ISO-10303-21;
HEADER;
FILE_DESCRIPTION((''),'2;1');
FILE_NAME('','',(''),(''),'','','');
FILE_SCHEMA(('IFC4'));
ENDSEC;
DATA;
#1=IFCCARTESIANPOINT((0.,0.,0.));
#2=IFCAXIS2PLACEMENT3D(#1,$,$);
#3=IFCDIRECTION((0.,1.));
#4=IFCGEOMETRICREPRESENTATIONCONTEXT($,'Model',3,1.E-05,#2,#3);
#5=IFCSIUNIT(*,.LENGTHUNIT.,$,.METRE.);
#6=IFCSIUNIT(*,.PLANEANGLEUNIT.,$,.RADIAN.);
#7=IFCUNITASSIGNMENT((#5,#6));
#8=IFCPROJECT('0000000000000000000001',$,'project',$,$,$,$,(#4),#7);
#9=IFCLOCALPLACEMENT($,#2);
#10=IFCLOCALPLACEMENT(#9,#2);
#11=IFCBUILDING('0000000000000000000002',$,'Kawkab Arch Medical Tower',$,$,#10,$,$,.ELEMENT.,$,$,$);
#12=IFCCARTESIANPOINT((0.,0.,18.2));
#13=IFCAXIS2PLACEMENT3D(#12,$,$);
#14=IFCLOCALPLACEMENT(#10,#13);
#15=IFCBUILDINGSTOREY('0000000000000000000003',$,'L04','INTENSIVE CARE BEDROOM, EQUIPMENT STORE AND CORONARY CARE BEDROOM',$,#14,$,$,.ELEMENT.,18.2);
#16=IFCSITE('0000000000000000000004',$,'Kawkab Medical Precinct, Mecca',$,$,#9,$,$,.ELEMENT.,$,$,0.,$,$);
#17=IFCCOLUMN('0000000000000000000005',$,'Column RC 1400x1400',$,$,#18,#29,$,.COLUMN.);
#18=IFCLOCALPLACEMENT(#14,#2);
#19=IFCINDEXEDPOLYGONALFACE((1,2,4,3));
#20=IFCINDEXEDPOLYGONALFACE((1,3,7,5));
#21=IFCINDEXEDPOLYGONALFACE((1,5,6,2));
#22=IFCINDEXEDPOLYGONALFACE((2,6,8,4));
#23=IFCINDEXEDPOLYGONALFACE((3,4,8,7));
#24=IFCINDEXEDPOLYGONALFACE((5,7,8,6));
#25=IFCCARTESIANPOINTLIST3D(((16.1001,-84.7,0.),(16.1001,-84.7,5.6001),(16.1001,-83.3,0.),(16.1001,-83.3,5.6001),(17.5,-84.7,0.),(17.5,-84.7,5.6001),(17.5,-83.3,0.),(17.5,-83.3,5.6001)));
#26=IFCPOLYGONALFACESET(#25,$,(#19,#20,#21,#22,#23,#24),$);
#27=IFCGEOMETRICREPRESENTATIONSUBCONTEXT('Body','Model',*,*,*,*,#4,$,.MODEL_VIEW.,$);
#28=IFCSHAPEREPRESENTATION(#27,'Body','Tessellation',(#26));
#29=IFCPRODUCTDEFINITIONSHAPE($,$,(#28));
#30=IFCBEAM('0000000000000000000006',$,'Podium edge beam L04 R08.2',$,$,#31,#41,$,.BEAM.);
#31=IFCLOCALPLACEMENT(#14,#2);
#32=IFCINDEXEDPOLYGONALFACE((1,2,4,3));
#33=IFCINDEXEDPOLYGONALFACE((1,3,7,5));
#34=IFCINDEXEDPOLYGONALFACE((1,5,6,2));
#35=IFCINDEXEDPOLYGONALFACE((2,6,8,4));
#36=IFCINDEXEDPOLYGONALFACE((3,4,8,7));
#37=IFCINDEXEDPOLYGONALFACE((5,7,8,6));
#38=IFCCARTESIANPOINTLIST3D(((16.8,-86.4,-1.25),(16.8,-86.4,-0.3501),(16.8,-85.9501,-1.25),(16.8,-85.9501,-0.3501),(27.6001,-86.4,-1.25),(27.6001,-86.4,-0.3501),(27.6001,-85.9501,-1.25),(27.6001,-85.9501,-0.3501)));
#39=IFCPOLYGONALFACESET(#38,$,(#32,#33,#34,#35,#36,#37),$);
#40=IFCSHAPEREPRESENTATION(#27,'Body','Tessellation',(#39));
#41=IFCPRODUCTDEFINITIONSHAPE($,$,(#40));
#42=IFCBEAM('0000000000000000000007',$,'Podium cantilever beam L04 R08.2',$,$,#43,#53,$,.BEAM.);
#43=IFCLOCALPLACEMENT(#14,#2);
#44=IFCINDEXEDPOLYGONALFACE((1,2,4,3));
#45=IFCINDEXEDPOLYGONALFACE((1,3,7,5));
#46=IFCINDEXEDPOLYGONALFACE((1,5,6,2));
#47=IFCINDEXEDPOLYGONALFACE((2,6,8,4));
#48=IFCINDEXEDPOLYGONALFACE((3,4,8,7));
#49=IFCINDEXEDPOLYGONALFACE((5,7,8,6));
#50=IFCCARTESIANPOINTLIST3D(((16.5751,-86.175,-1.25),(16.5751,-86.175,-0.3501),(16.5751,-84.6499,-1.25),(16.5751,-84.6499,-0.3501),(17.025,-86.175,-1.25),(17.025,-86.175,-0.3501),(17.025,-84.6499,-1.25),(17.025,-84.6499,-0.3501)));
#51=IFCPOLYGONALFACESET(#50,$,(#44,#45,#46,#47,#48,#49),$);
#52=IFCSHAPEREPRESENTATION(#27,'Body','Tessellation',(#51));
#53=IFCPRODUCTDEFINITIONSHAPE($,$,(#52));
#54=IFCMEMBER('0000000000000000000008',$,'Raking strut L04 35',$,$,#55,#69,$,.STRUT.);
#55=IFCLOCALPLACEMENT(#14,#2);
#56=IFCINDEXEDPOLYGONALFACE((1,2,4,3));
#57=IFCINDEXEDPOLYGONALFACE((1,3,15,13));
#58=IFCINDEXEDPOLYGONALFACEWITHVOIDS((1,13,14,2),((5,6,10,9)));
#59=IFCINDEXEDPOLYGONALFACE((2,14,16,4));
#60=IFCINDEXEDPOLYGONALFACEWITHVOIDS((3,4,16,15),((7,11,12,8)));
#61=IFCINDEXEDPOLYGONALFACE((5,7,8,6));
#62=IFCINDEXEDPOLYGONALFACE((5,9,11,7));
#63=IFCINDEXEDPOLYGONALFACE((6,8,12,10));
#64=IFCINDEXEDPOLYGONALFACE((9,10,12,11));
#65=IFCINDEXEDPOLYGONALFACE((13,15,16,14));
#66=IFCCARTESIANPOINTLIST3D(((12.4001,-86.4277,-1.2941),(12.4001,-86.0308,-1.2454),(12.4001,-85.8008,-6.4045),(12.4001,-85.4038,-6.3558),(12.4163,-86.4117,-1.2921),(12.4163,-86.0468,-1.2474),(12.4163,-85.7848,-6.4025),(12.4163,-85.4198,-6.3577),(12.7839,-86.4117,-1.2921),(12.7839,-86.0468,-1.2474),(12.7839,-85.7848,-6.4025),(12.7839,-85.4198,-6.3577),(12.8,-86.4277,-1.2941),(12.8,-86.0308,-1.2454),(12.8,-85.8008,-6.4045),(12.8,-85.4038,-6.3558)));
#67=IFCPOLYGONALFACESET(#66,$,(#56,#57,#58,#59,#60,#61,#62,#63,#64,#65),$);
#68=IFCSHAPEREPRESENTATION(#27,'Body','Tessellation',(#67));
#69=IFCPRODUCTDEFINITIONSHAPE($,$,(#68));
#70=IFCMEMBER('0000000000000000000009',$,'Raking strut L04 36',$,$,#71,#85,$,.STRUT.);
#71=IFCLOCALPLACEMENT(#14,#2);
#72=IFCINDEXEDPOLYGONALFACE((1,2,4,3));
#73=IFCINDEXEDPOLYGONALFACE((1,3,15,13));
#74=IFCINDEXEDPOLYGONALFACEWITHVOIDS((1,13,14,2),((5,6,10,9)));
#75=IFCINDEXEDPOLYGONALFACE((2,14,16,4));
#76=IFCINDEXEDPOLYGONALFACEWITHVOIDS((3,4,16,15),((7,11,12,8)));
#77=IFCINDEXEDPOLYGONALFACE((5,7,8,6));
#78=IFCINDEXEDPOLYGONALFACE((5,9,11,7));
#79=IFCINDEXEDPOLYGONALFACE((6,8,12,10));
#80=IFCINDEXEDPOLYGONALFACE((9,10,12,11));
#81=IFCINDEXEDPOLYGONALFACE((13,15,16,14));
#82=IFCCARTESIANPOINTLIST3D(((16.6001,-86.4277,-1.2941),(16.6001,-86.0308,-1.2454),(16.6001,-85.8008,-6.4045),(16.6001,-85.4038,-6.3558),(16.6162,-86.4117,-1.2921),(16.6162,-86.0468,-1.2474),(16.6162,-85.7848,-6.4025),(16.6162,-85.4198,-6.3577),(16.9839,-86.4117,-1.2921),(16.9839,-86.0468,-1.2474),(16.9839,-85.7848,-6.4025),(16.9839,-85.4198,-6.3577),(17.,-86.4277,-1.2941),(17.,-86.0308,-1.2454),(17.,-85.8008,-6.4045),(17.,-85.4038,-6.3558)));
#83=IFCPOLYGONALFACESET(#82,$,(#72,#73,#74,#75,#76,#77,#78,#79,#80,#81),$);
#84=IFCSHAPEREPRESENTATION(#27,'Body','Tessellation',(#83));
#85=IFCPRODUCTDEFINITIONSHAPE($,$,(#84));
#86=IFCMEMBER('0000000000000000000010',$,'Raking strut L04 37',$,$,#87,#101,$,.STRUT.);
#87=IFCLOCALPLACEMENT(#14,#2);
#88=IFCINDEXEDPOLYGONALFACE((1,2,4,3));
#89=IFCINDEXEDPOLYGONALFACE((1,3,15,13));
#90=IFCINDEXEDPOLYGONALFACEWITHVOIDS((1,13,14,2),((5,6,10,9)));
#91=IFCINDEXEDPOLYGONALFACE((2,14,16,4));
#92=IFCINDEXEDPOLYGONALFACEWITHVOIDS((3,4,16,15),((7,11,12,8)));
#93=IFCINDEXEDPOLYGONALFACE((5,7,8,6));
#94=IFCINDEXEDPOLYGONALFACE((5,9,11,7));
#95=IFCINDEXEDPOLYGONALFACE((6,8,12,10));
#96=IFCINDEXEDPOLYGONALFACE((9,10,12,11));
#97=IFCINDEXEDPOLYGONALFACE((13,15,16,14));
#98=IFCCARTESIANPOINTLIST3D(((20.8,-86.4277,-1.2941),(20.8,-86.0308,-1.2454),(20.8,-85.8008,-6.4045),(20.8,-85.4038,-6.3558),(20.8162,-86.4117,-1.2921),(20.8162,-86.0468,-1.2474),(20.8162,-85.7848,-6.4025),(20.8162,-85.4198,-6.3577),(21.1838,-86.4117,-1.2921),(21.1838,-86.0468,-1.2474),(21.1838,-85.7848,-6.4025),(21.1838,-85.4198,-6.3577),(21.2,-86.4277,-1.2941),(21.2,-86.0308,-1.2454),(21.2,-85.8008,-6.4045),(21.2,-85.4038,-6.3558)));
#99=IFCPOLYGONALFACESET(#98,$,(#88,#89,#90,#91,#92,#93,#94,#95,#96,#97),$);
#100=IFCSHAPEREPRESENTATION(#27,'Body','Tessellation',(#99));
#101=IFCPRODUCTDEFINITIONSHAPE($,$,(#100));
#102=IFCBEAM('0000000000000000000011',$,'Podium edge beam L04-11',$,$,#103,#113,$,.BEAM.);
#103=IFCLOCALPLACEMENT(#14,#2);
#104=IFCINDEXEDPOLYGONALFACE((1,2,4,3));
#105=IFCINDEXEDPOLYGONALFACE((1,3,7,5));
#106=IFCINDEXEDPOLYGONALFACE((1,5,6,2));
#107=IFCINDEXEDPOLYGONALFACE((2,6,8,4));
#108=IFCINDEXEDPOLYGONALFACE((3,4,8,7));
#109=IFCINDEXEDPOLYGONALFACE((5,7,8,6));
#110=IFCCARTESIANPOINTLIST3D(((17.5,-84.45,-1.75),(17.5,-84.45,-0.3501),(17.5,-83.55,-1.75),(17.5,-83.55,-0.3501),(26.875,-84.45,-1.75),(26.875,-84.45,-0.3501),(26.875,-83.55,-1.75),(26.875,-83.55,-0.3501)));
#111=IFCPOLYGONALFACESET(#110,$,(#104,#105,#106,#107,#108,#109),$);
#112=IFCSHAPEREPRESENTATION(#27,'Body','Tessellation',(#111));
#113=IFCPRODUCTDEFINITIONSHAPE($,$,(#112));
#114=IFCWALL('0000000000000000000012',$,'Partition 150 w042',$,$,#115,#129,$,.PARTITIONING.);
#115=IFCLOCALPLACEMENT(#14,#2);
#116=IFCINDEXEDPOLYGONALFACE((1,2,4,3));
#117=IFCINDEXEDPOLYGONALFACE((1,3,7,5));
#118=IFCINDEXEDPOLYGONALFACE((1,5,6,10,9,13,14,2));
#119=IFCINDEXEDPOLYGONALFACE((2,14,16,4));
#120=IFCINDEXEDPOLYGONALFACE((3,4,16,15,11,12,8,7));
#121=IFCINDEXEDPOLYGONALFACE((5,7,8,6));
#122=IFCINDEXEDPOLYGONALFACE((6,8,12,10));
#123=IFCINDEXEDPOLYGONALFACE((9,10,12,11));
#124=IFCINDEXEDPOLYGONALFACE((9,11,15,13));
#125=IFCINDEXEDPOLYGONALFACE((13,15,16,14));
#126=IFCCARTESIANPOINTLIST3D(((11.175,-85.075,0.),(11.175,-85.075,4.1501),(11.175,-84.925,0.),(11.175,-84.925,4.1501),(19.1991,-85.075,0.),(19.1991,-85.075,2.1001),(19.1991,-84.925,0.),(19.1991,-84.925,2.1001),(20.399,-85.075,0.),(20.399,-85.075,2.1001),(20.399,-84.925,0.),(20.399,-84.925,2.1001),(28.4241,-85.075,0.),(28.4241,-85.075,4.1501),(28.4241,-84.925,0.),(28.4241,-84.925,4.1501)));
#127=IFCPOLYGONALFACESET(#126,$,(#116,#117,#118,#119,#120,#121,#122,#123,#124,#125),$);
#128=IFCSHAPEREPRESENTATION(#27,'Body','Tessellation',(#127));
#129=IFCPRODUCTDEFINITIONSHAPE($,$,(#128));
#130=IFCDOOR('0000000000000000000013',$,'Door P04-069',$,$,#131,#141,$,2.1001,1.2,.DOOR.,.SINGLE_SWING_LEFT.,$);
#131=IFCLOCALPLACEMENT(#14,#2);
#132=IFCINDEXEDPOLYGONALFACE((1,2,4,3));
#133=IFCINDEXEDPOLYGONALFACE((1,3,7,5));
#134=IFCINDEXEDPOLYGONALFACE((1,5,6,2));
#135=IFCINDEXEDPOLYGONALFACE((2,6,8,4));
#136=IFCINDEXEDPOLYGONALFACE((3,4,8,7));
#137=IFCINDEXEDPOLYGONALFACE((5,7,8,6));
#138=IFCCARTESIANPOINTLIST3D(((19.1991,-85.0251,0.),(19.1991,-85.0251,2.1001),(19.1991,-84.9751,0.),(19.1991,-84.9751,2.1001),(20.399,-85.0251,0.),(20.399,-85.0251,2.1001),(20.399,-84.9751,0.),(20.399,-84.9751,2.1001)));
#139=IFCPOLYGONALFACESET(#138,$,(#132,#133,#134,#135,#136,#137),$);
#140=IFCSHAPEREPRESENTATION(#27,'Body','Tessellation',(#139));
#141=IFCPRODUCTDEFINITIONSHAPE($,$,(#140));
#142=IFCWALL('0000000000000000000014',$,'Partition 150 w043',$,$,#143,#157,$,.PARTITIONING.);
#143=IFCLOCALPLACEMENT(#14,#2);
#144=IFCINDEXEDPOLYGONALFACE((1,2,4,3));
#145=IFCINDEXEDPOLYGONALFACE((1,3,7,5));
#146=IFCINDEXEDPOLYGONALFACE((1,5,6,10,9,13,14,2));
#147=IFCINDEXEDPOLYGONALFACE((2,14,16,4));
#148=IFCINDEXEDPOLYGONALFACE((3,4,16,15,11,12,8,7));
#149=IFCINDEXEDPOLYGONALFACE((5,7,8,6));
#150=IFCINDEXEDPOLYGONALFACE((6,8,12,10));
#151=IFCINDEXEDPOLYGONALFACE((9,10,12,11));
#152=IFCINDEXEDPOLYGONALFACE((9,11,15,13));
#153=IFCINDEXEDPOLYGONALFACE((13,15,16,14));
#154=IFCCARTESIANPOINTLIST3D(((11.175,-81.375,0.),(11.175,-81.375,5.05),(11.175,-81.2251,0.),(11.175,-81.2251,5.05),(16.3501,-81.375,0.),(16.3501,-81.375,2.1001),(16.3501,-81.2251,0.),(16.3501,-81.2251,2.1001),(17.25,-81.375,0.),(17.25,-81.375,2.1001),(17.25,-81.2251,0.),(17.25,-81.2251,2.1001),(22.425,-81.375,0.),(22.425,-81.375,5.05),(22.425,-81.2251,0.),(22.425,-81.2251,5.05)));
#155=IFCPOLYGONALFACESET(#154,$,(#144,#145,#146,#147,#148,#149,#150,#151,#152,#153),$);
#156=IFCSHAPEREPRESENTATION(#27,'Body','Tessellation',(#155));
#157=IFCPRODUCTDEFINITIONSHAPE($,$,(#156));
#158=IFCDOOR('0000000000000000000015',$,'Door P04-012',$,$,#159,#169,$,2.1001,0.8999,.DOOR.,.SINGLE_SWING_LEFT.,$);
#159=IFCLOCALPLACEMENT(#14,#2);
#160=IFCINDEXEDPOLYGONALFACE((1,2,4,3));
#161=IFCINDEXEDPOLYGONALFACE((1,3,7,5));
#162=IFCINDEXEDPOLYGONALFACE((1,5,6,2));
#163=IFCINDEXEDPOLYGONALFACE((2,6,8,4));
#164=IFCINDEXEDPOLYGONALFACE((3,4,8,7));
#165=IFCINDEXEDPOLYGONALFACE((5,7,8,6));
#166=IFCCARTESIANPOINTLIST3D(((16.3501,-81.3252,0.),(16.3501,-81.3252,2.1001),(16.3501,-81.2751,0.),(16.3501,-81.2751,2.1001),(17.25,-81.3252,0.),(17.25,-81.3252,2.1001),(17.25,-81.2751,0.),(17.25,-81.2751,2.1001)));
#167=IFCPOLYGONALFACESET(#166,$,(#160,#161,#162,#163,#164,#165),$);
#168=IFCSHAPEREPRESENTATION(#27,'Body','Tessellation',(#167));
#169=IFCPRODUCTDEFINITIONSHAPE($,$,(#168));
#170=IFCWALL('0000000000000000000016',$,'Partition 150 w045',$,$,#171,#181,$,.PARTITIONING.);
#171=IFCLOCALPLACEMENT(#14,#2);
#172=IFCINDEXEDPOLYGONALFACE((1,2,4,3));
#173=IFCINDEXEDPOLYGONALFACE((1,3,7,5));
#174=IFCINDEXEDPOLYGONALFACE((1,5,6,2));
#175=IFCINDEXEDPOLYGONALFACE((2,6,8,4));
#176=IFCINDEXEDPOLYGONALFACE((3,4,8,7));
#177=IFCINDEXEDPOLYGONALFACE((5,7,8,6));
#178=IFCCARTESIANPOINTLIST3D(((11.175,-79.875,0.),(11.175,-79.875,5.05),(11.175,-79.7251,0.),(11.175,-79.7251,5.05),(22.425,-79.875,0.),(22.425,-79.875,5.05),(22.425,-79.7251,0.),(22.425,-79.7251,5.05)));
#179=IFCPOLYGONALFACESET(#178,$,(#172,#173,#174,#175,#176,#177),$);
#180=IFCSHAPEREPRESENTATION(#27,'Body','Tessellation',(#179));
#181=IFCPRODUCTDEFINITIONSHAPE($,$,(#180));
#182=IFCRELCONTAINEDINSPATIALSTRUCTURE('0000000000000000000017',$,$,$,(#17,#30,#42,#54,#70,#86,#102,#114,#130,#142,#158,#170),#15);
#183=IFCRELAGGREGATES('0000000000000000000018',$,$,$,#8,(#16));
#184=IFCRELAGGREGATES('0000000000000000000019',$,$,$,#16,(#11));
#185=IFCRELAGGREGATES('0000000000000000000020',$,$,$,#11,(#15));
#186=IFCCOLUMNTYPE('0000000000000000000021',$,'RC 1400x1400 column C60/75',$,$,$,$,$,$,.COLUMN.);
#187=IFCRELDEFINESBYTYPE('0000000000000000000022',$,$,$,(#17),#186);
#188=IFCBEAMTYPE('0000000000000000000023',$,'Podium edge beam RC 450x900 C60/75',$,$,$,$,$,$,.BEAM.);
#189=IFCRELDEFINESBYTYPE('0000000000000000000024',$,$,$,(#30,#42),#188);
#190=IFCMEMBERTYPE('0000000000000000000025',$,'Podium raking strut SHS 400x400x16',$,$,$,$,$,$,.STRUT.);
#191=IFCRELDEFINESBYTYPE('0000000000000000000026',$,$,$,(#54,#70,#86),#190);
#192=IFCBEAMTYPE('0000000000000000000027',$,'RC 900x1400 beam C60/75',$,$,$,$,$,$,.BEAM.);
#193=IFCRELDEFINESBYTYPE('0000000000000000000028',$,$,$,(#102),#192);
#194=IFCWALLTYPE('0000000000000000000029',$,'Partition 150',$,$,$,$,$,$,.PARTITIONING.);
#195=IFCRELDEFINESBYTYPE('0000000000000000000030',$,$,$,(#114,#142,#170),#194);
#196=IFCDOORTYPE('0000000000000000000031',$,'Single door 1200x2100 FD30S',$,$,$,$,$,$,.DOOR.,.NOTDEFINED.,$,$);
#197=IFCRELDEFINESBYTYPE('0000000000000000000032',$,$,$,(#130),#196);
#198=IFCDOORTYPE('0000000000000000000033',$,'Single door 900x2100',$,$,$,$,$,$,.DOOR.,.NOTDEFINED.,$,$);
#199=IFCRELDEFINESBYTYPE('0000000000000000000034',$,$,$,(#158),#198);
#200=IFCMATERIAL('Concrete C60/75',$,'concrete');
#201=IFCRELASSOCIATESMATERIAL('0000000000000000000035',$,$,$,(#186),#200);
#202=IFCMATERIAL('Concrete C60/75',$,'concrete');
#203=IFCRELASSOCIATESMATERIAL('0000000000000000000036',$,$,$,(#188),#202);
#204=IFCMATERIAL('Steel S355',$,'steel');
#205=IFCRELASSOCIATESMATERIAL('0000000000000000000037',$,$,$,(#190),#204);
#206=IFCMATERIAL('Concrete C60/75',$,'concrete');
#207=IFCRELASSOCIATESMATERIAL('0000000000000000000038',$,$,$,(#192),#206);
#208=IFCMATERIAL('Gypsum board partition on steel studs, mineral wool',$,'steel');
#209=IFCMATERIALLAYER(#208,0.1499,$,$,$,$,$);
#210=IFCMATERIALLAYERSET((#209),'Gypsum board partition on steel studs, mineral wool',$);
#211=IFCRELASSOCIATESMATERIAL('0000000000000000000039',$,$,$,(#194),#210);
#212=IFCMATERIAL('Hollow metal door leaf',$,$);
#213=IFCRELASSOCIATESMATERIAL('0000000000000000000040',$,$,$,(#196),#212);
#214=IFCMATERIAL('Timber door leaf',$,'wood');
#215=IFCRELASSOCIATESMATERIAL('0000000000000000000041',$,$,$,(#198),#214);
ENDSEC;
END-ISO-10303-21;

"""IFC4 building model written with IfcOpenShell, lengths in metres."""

from ifc_helpers import new_model, si_unit, direction, frame, frame_2d, origin, origin_2d, place, context, subcontext, project, spatial, rectangle, hollow_rectangle, extrude, material, layer, layer_set, material_profile, profile_set, type_object, element, fill, save


model = new_model("IFC4")

# Units and contexts
model_context = context("Model", 3, precision=1e-05, world=origin(), true_north=direction((0.0, 1.0)))
body_context = subcontext(model_context, "Body", "Model", "MODEL_VIEW")
ifc_project = project(units=[si_unit("LENGTHUNIT", "METRE"), si_unit("PLANEANGLEUNIT", "RADIAN")], contexts=[model_context])

# Site, building, storey
site_placement = place(None, origin())
site = spatial("IfcSite", under=ifc_project, at=site_placement, Name="Kawkab Medical Precinct, Mecca", CompositionType="ELEMENT", RefElevation=0.0)
building_placement = place(site_placement, origin())
building = spatial("IfcBuilding", under=site, at=building_placement, Name="Kawkab Arch Medical Tower", CompositionType="ELEMENT")
storey_placement = place(building_placement, frame((0.0, 0.0, 18.2)))
storey = spatial("IfcBuildingStorey", under=building, at=storey_placement, Name="L04", Description="INTENSIVE CARE BEDROOM, EQUIPMENT STORE AND CORONARY CARE BEDROOM", CompositionType="ELEMENT", Elevation=18.2)

# Column
ifc_material_1 = material(Name="Concrete C60/75", Category="concrete")
ifc_material_profile_1 = material_profile(ifc_material_1, rectangle(XDim=1.3999, YDim=1.3999, at=origin_2d()), Name="RC 1400x1400")
ifc_profile_set_1 = profile_set([ifc_material_profile_1], Name="Concrete C60/75")
column_type = type_object("IfcColumnType", Name="RC 1400x1400 column C60/75", PredefinedType="COLUMN", material=ifc_profile_set_1)
column_placement = place(storey_placement, frame((16.8, -84.0, 0.0), z_axis=(0.0, 0.0, 1.0), x_axis=(1.0, 0.0, 0.0)))
element("IfcColumn", 1, at=column_placement, inside=storey, type_object=column_type, Name="Column RC 1400x1400", PredefinedType="COLUMN", context=body_context, shape_type="SweptSolid", body=[
    extrude(rectangle(XDim=1.3999, YDim=1.3999, at=origin_2d()), origin(), (0.0, 0.0, 1.0), 5.6001),
])

# Beams
ifc_material_2 = material(Name="Concrete C60/75", Category="concrete")
ifc_material_profile_2 = material_profile(ifc_material_2, rectangle(XDim=0.45, YDim=0.8999, at=origin_2d()), Name="RC 450x900")
ifc_profile_set_2 = profile_set([ifc_material_profile_2], Name="Concrete C60/75")
beam_type_1 = type_object("IfcBeamType", Name="Podium edge beam RC 450x900 C60/75", PredefinedType="BEAM", material=ifc_profile_set_2)
beam_1_placement = place(storey_placement, frame((16.8, -86.175, -0.8), z_axis=(1.0, 0.0, 0.0), x_axis=(0.0, 1.0, 0.0)))
element("IfcBeam", 2, at=beam_1_placement, inside=storey, type_object=beam_type_1, Name="Podium edge beam L04 R08.2", PredefinedType="BEAM", context=body_context, shape_type="SweptSolid", body=[
    extrude(rectangle(XDim=0.45, YDim=0.8999, at=origin_2d()), origin(), (0.0, 0.0, 1.0), 10.8),
])
beam_2_placement = place(storey_placement, frame((16.8, -84.6499, -0.8), z_axis=(0.0, -1.0, 0.0), x_axis=(1.0, 0.0, 0.0)))
element("IfcBeam", 3, at=beam_2_placement, inside=storey, type_object=beam_type_1, Name="Podium cantilever beam L04 R08.2", PredefinedType="BEAM", context=body_context, shape_type="SweptSolid", body=[
    extrude(rectangle(XDim=0.45, YDim=0.8999, at=origin_2d()), origin(), (0.0, 0.0, 1.0), 1.5251),
])

# Members
ifc_material_3 = material(Name="Steel S355", Category="steel")
ifc_material_profile_3 = material_profile(ifc_material_3, hollow_rectangle(XDim=0.3999, YDim=0.3999, WallThickness=0.0161, at=origin_2d()), Name="SHS 400x400x16")
ifc_profile_set_3 = profile_set([ifc_material_profile_3], Name="Steel S355")
member_type = type_object("IfcMemberType", Name="Podium raking strut SHS 400x400x16", PredefinedType="STRUT", material=ifc_profile_set_3)
for number, where, z_axis, x_axis, name in (
    (4, (12.6001, -85.6023, -6.3801), (0.0, -0.12177, 0.992558), (1.0, 0.0, 0.0), "Raking strut L04 35"),
    (5, (16.8, -85.6023, -6.3801), (0.0, -0.12177, 0.992558), (1.0, 0.0, 0.0), "Raking strut L04 36"),
    (6, (21.0, -85.6023, -6.3801), (0.0, -0.12177, 0.992558), (1.0, 0.0, 0.0), "Raking strut L04 37"),
):
    element("IfcMember", number, at=place(storey_placement, frame(where, z_axis=z_axis, x_axis=x_axis)), inside=storey, type_object=member_type, Name=name, PredefinedType="STRUT", context=body_context, shape_type="SweptSolid", body=[
        extrude(hollow_rectangle(XDim=0.3999, YDim=0.3999, WallThickness=0.0161, at=origin_2d()), origin(), (0.0, 0.0, 1.0), 5.1487),
    ])

# Beam
ifc_material_4 = material(Name="Concrete C60/75", Category="concrete")
ifc_material_profile_4 = material_profile(ifc_material_4, rectangle(XDim=0.8999, YDim=1.3999, at=origin_2d()), Name="RC 900x1400")
ifc_profile_set_4 = profile_set([ifc_material_profile_4], Name="Concrete C60/75")
beam_type_2 = type_object("IfcBeamType", Name="RC 900x1400 beam C60/75", PredefinedType="BEAM", material=ifc_profile_set_4)
beam_3_placement = place(storey_placement, frame((17.5, -84.0, -1.05), z_axis=(1.0, 0.0, 0.0), x_axis=(0.0, 1.0, 0.0)))
element("IfcBeam", 7, at=beam_3_placement, inside=storey, type_object=beam_type_2, Name="Podium edge beam L04-11", PredefinedType="BEAM", context=body_context, shape_type="SweptSolid", body=[
    extrude(rectangle(XDim=0.8999, YDim=1.3999, at=origin_2d()), origin(), (0.0, 0.0, 1.0), 9.375),
])

# Walls, openings, doors
ifc_material_5 = material(Name="Gypsum board partition on steel studs, mineral wool", Category="steel")
ifc_layer = layer(ifc_material_5, 0.1499)
ifc_layer_set = layer_set([ifc_layer], Name="Gypsum board partition on steel studs, mineral wool")
wall_type = type_object("IfcWallType", Name="Partition 150", PredefinedType="PARTITIONING", material=ifc_layer_set)
wall_1_placement = place(storey_placement, frame((11.175, -85.0, 0.0), z_axis=(0.0, 0.0, 1.0), x_axis=(1.0, 0.0, 0.0)))
wall_1 = element("IfcWall", 8, at=wall_1_placement, inside=storey, type_object=wall_type, Name="Partition 150 w042", PredefinedType="PARTITIONING", context=body_context, shape_type="SweptSolid", body=[
    extrude(rectangle(XDim=17.249, YDim=0.1499, at=frame_2d((8.6245, 0.0))), origin(), (0.0, 0.0, 1.0), 4.1501),
])
opening_1_placement = place(wall_1_placement, frame((8.0239, 0.0, 0.0)))
opening_1 = element("IfcOpeningElement", 9, at=opening_1_placement, cuts=wall_1, PredefinedType="OPENING", context=body_context, shape_type="SweptSolid", body=[
    extrude(rectangle(XDim=1.2, YDim=2.1001, at=frame_2d((0.6001, 1.05))), frame((0.0, 0.085, 0.0), z_axis=(0.0, -1.0, 0.0), x_axis=(1.0, 0.0, 0.0)), (0.0, 0.0, 1.0), 0.1699),
])
ifc_material_6 = material(Name="Hollow metal door leaf")
door_type_1 = type_object("IfcDoorType", Name="Single door 1200x2100 FD30S", OperationType="NOTDEFINED", PredefinedType="DOOR", material=ifc_material_6)
door_1_placement = place(opening_1_placement, origin())
door_1 = element("IfcDoor", 10, at=door_1_placement, inside=storey, type_object=door_type_1, Name="Door P04-069", OperationType="SINGLE_SWING_LEFT", OverallHeight=2.1001, OverallWidth=1.2, PredefinedType="DOOR", context=body_context, shape_type="SweptSolid", body=[
    extrude(rectangle(XDim=1.2, YDim=2.1001, at=frame_2d((0.6001, 1.05))), frame((0.0, 0.0249, 0.0), z_axis=(0.0, -1.0, 0.0), x_axis=(1.0, 0.0, 0.0)), (0.0, 0.0, 1.0), 0.05),
])
fill(opening_1, door_1)
wall_2_placement = place(storey_placement, frame((11.175, -81.3, 0.0), z_axis=(0.0, 0.0, 1.0), x_axis=(1.0, 0.0, 0.0)))
wall_2 = element("IfcWall", 11, at=wall_2_placement, inside=storey, type_object=wall_type, Name="Partition 150 w043", PredefinedType="PARTITIONING", context=body_context, shape_type="SweptSolid", body=[
    extrude(rectangle(XDim=11.25, YDim=0.1499, at=frame_2d((5.625, 0.0))), origin(), (0.0, 0.0, 1.0), 5.05),
])
opening_2_placement = place(wall_2_placement, frame((5.175, 0.0, 0.0)))
opening_2 = element("IfcOpeningElement", 12, at=opening_2_placement, cuts=wall_2, PredefinedType="OPENING", context=body_context, shape_type="SweptSolid", body=[
    extrude(rectangle(XDim=0.8999, YDim=2.1001, at=frame_2d((0.45, 1.05))), frame((0.0, 0.085, 0.0), z_axis=(0.0, -1.0, 0.0), x_axis=(1.0, 0.0, 0.0)), (0.0, 0.0, 1.0), 0.1699),
])
ifc_material_7 = material(Name="Timber door leaf", Category="wood")
door_type_2 = type_object("IfcDoorType", Name="Single door 900x2100", OperationType="NOTDEFINED", PredefinedType="DOOR", material=ifc_material_7)
door_2_placement = place(opening_2_placement, origin())
door_2 = element("IfcDoor", 13, at=door_2_placement, inside=storey, type_object=door_type_2, Name="Door P04-012", OperationType="SINGLE_SWING_LEFT", OverallHeight=2.1001, OverallWidth=0.8999, PredefinedType="DOOR", context=body_context, shape_type="SweptSolid", body=[
    extrude(rectangle(XDim=0.8999, YDim=2.1001, at=frame_2d((0.45, 1.05))), frame((0.0, 0.0249, 0.0), z_axis=(0.0, -1.0, 0.0), x_axis=(1.0, 0.0, 0.0)), (0.0, 0.0, 1.0), 0.05),
])
fill(opening_2, door_2)

# Wall
wall_3_placement = place(storey_placement, frame((11.175, -79.8, 0.0), z_axis=(0.0, 0.0, 1.0), x_axis=(1.0, 0.0, 0.0)))
element("IfcWall", 14, at=wall_3_placement, inside=storey, type_object=wall_type, Name="Partition 150 w045", PredefinedType="PARTITIONING", context=body_context, shape_type="SweptSolid", body=[
    extrude(rectangle(XDim=11.25, YDim=0.1499, at=frame_2d((5.625, 0.0))), origin(), (0.0, 0.0, 1.0), 5.05),
])

save(model, "model.ifc")
